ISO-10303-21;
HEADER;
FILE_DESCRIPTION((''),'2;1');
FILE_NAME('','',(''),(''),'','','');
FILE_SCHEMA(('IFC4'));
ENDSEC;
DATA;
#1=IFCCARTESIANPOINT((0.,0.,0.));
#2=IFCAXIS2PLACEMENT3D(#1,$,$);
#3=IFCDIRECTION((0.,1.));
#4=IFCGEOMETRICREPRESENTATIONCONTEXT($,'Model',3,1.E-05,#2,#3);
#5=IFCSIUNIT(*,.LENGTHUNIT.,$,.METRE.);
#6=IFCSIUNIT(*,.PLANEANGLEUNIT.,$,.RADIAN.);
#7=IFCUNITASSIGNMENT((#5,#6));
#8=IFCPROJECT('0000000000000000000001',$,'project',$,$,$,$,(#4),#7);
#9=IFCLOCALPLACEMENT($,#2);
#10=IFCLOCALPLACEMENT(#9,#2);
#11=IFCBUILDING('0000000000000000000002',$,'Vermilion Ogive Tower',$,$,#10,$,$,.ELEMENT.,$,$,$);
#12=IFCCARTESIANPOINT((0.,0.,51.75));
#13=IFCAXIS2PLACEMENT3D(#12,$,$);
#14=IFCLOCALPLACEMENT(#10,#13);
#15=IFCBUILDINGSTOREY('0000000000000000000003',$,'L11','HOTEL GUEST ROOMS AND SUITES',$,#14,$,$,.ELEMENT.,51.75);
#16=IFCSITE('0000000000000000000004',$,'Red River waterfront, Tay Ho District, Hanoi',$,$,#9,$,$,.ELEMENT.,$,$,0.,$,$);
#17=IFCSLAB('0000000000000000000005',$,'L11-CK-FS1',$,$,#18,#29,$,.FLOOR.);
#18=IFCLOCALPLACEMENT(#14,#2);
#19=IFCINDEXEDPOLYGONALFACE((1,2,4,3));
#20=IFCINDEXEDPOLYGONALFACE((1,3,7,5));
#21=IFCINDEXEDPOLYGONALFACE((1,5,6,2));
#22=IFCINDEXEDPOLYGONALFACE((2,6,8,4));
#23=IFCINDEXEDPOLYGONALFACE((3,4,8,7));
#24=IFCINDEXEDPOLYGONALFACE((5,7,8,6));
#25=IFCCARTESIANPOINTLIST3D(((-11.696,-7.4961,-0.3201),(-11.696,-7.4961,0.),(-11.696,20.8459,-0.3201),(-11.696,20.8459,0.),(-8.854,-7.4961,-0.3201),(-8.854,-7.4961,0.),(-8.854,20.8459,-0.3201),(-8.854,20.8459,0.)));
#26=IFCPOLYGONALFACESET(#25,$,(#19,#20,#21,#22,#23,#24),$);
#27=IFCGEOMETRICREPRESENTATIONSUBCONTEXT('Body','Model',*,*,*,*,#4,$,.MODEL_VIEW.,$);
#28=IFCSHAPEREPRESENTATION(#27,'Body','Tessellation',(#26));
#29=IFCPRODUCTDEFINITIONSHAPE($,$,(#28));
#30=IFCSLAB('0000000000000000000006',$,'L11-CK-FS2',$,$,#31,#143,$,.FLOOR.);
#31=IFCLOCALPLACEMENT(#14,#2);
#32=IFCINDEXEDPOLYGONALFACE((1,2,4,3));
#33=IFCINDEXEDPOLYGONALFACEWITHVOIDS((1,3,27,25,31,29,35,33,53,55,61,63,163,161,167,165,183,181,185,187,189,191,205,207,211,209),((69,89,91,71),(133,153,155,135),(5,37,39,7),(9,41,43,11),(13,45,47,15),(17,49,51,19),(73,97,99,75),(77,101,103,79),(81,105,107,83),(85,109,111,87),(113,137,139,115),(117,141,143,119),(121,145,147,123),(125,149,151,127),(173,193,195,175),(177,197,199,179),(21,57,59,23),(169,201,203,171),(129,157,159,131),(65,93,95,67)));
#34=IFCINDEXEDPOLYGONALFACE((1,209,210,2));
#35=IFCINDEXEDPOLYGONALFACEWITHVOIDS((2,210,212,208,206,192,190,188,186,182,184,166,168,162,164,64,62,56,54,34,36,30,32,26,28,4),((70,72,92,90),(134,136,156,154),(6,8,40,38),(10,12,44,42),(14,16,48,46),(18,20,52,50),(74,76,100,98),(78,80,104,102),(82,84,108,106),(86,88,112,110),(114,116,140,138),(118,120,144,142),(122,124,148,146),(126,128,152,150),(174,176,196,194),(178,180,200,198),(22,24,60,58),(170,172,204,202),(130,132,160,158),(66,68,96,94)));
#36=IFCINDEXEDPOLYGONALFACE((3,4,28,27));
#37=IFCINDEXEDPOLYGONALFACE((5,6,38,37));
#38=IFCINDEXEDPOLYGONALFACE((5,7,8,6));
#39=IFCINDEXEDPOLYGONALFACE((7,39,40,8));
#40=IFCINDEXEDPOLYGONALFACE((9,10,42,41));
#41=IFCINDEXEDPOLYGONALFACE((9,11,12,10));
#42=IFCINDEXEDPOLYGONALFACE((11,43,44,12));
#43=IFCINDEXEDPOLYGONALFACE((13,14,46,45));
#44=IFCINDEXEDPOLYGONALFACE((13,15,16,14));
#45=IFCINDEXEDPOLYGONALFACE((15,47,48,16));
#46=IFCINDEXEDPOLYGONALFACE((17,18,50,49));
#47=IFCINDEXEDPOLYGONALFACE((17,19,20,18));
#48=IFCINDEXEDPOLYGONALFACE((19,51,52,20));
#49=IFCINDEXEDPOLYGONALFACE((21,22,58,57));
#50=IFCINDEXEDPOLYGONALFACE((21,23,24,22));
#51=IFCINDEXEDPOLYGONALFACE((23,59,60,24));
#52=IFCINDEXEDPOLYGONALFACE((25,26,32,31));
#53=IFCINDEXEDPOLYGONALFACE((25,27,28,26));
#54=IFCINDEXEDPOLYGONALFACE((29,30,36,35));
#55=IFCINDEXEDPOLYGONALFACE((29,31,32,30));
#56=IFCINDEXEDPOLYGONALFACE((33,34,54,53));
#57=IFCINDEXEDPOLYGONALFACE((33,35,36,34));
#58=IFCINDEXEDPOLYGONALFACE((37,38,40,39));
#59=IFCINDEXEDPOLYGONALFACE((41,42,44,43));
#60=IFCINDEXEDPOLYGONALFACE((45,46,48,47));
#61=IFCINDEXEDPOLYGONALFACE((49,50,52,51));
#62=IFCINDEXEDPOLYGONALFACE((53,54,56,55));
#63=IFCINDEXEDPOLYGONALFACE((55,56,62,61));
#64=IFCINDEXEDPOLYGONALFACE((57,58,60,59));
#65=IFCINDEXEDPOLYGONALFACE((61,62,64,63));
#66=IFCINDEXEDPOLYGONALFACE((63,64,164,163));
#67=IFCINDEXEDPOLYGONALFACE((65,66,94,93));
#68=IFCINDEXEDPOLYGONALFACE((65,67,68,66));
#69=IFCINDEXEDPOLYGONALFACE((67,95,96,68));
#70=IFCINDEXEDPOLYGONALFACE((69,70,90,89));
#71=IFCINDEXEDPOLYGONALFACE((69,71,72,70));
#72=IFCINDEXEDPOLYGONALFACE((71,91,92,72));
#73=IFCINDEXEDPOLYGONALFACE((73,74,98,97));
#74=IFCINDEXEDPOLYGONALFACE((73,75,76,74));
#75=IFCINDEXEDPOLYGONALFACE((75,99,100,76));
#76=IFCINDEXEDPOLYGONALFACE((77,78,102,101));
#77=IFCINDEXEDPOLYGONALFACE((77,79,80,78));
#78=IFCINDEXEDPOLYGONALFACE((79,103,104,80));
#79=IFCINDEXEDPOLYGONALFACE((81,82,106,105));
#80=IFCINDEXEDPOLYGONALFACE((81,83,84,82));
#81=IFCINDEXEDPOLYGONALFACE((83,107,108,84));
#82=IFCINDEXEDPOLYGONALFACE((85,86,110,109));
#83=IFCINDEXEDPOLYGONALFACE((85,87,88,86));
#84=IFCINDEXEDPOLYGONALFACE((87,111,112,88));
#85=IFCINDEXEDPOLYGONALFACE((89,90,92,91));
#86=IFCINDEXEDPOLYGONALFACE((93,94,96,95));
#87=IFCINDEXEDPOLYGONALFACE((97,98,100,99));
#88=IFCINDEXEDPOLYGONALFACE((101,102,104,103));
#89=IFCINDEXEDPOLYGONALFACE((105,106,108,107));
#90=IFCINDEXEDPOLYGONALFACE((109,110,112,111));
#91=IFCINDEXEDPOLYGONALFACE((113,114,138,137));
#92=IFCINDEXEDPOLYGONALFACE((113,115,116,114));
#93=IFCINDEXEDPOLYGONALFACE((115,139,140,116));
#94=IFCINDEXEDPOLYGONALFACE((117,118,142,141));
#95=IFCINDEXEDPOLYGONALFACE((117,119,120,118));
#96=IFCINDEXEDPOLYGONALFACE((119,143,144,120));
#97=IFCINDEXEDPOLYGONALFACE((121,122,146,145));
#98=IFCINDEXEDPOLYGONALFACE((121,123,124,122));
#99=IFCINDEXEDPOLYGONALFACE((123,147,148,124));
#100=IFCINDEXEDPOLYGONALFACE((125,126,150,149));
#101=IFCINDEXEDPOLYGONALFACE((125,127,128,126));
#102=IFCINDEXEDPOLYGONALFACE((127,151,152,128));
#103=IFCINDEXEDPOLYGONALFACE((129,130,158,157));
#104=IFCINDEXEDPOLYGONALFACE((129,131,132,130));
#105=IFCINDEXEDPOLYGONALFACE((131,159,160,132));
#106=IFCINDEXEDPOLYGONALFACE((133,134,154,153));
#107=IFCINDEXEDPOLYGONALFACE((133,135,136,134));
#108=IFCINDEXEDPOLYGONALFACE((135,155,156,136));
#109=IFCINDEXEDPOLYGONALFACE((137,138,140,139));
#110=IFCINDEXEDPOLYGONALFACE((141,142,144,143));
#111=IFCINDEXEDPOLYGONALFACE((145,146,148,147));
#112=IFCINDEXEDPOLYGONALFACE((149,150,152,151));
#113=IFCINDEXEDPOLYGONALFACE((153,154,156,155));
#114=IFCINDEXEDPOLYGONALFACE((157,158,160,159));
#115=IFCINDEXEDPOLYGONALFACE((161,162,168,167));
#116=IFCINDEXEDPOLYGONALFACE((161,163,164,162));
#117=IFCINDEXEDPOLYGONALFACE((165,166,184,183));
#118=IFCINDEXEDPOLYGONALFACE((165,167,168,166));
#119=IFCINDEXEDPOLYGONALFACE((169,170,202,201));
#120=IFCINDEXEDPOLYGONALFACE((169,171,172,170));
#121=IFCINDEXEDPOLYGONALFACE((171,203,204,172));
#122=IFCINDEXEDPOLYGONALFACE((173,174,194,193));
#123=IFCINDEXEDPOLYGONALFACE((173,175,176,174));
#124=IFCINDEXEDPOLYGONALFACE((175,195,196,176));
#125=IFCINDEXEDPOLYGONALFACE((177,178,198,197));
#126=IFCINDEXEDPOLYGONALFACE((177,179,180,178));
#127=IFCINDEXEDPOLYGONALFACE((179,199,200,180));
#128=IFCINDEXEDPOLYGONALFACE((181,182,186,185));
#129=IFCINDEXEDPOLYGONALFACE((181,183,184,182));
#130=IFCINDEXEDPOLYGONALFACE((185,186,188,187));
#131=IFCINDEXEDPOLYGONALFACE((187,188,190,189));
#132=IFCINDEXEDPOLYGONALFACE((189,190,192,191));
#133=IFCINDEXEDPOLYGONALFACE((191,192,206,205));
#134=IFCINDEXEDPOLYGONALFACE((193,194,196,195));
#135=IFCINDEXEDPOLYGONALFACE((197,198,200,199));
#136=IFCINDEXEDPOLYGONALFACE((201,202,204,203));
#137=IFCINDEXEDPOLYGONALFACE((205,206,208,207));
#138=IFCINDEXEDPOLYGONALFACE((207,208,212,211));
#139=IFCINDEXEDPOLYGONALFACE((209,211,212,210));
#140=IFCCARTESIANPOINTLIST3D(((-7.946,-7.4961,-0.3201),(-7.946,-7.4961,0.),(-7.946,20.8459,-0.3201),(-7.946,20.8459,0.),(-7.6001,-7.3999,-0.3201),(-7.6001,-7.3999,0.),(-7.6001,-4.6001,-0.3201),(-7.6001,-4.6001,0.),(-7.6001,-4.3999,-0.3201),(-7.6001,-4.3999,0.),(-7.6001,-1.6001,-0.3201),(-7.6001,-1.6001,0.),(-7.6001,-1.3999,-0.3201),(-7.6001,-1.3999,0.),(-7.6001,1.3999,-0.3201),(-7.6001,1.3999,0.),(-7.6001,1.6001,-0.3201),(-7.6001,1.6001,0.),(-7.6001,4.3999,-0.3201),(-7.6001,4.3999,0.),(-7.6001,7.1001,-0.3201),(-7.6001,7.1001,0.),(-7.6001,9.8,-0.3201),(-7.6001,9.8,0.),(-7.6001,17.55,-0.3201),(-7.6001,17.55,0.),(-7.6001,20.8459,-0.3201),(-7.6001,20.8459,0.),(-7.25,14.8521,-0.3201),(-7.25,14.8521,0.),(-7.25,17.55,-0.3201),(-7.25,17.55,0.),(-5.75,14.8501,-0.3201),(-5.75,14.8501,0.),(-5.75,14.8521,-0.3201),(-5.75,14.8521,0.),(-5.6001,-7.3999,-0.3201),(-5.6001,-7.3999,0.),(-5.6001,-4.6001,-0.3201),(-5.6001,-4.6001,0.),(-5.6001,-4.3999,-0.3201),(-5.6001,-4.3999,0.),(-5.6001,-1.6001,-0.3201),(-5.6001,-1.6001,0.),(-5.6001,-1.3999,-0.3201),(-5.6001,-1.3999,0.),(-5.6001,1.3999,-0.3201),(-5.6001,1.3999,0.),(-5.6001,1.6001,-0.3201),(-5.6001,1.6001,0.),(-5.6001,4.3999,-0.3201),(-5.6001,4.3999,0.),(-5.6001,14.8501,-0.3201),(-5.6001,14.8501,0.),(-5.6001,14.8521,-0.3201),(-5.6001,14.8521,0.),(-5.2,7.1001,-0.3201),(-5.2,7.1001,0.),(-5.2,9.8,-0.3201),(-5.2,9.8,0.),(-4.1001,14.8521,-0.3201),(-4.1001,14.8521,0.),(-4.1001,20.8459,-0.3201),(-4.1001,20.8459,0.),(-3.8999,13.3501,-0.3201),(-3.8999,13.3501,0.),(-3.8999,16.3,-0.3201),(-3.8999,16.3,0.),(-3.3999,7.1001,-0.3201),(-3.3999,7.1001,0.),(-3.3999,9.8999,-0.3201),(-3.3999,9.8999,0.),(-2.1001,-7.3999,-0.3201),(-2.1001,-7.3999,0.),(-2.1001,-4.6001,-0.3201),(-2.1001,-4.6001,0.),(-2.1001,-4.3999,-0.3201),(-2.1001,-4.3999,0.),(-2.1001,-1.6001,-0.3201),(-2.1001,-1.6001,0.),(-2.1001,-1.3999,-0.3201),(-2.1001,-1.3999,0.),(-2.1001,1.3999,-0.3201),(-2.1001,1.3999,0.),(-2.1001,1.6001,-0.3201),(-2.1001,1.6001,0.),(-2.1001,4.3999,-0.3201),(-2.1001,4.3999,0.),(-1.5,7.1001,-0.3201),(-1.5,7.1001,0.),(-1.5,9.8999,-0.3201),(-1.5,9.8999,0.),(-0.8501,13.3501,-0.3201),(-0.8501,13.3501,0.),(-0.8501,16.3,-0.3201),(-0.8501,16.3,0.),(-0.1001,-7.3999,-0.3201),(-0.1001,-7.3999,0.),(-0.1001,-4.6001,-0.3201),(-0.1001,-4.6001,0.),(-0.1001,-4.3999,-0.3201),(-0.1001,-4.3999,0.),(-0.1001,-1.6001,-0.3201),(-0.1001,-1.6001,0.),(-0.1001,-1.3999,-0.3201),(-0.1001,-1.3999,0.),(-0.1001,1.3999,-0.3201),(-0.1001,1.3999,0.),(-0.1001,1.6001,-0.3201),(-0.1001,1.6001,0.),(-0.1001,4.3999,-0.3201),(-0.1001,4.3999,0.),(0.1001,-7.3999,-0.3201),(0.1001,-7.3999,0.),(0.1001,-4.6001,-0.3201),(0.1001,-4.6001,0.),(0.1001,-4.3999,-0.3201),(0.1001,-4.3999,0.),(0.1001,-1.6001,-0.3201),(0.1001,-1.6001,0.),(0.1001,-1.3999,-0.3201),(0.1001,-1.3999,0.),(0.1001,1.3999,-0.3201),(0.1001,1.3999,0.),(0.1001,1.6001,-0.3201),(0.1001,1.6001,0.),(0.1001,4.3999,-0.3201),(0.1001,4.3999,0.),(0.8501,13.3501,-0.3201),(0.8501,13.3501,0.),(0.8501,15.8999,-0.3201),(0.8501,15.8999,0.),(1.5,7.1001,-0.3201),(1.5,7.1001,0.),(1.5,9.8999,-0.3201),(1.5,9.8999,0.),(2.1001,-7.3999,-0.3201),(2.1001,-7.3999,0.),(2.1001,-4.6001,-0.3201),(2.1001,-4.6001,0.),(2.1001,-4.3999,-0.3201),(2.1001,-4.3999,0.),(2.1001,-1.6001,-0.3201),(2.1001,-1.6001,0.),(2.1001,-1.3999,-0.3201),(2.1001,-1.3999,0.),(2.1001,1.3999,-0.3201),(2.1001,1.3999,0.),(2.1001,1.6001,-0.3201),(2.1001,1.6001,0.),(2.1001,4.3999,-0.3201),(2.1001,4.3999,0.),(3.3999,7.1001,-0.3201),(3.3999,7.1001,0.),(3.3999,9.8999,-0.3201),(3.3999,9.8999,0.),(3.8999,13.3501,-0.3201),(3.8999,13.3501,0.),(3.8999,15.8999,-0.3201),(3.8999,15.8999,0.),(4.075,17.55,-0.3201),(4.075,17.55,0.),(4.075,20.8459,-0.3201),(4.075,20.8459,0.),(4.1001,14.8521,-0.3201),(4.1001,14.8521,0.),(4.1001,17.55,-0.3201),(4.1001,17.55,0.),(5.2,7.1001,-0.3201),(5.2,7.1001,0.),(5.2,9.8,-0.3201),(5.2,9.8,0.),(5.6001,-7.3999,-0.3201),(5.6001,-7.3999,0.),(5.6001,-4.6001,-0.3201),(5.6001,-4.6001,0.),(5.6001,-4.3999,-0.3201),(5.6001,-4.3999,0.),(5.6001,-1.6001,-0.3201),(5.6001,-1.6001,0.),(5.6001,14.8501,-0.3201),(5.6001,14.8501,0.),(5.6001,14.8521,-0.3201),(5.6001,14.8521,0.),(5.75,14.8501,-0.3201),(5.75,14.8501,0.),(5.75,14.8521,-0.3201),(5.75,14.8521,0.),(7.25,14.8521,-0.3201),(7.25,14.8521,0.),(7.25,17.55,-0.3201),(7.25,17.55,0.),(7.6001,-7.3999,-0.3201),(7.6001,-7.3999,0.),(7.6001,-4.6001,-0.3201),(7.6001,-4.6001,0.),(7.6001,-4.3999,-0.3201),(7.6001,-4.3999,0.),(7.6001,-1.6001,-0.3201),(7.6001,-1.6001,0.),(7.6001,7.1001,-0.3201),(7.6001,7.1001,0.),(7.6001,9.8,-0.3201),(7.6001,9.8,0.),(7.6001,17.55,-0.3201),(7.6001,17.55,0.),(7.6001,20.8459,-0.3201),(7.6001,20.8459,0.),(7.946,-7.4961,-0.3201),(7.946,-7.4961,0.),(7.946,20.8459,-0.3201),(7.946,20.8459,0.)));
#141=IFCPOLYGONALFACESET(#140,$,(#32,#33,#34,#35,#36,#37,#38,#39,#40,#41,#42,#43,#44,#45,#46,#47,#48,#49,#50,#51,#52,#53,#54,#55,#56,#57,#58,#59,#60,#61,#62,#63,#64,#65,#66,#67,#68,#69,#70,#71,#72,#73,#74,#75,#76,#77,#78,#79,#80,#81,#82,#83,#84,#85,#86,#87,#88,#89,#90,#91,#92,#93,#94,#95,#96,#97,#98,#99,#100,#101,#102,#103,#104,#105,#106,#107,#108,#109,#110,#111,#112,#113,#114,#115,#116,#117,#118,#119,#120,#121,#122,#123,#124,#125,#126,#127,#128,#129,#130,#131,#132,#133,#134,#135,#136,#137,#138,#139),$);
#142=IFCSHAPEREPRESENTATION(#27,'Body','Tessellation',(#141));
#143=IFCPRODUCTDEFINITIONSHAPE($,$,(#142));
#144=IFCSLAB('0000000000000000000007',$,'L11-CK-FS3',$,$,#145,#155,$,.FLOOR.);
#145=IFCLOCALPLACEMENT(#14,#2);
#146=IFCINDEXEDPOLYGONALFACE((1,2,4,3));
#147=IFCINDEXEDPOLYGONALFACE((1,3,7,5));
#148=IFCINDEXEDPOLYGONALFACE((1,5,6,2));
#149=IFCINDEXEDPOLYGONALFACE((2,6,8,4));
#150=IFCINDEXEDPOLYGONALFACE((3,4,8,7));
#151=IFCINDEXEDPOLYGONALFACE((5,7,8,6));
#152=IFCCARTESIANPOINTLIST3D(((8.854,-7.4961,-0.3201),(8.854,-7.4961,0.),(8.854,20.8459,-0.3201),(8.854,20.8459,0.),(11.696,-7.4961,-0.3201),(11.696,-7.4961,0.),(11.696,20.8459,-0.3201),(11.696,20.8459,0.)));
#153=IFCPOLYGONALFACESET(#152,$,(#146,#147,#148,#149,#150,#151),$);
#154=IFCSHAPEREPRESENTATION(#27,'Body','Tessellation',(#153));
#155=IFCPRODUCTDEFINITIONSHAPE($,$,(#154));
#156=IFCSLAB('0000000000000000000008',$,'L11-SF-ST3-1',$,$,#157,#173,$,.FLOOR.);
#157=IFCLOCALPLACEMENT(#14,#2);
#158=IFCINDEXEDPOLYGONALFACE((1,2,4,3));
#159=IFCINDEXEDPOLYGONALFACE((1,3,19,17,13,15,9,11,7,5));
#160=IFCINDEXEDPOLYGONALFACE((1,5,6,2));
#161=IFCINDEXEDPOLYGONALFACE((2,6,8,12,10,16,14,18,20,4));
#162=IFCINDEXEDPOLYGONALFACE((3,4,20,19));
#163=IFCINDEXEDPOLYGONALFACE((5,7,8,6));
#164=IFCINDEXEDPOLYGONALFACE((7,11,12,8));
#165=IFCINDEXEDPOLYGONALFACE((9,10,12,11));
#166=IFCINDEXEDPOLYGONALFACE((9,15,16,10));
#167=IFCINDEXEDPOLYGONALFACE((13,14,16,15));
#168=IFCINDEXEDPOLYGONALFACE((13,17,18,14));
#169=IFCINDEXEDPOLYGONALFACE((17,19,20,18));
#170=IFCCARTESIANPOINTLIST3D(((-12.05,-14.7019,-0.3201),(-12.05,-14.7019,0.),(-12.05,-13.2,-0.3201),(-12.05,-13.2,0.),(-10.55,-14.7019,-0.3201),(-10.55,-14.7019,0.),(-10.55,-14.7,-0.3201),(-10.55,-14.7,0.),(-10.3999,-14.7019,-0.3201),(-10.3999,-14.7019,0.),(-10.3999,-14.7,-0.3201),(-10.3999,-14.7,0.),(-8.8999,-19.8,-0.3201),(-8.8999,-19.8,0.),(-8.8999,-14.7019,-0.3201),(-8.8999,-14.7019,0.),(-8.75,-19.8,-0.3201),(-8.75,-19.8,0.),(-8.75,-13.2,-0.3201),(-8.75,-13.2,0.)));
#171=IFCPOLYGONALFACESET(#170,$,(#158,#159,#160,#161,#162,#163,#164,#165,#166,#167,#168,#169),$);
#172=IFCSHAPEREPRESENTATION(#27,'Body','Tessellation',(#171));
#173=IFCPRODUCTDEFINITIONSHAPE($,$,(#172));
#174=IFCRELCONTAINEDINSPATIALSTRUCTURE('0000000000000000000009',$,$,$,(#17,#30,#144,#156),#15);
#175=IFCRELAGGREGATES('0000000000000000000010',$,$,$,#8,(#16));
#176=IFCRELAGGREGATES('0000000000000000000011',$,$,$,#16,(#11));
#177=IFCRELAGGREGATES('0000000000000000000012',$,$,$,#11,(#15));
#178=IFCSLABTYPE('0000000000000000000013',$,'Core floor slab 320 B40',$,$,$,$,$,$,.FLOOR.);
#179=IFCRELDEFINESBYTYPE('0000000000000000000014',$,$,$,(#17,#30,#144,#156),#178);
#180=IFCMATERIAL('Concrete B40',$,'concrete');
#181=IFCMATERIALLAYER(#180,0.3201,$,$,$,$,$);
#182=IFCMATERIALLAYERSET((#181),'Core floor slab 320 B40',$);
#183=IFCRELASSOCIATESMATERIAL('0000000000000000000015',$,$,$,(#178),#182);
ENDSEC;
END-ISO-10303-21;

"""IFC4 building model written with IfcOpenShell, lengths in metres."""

from ifc_helpers import new_model, si_unit, direction, frame, origin, place, context, subcontext, project, spatial, polyline, outline, extrude, material, layer, layer_set, type_object, element, save


model = new_model("IFC4")

# Units and contexts
model_context = context("Model", 3, precision=1e-05, world=origin(), true_north=direction((0.0, 1.0)))
body_context = subcontext(model_context, "Body", "Model", "MODEL_VIEW")
ifc_project = project(units=[si_unit("LENGTHUNIT", "METRE"), si_unit("PLANEANGLEUNIT", "RADIAN")], contexts=[model_context])

# Site, building, storey
site_placement = place(None, origin())
site = spatial("IfcSite", under=ifc_project, at=site_placement, Name="Red River waterfront, Tay Ho District, Hanoi", CompositionType="ELEMENT", RefElevation=0.0)
building_placement = place(site_placement, origin())
building = spatial("IfcBuilding", under=site, at=building_placement, Name="Vermilion Ogive Tower", CompositionType="ELEMENT")
storey_placement = place(building_placement, frame((0.0, 0.0, 51.75)))
storey = spatial("IfcBuildingStorey", under=building, at=storey_placement, Name="L11", Description="HOTEL GUEST ROOMS AND SUITES", CompositionType="ELEMENT", Elevation=51.75)

# Slabs
ifc_material_1 = material(Name="Concrete B40", Category="concrete")
ifc_layer_1 = layer(ifc_material_1, 0.3201)
ifc_layer_set_1 = layer_set([ifc_layer_1], Name="Core floor slab 320 B40")
slab_type_1 = type_object("IfcSlabType", Name="Core floor slab 320 B40", PredefinedType="FLOOR", material=ifc_layer_set_1)
slab_1_placement = place(storey_placement, frame((0.0, 0.0, -0.3201)))
element("IfcSlab", 1, at=slab_1_placement, inside=storey, type_object=slab_type_1, Name="L11-CK-FS1", PredefinedType="FLOOR", context=body_context, shape_type="SweptSolid", body=[
    extrude(outline(polyline([(-8.854, -7.4961), (-11.696, -7.4961), (-11.696, 20.8459), (-8.854, 20.8459), (-8.854, -7.4961)])), origin(), (0.0, 0.0, 1.0), 0.3201),
])
slab_2_placement = place(storey_placement, frame((0.0, 0.0, -0.3201)))
element("IfcSlab", 2, at=slab_2_placement, inside=storey, type_object=slab_type_1, Name="L11-CK-FS2", PredefinedType="FLOOR", context=body_context, shape_type="SweptSolid", body=[
    extrude(outline(polyline([(5.75, 14.8501), (5.6001, 14.8501), (5.6001, 14.8521), (4.1001, 14.8521), (4.1001, 17.55), (4.075, 17.55), (4.075, 20.8459), (-4.1001, 20.8459), (-4.1001, 14.8521), (-5.6001, 14.8521), (-5.6001, 14.8501), (-5.75, 14.8501), (-5.75, 14.8521), (-7.25, 14.8521), (-7.25, 17.55), (-7.6001, 17.55), (-7.6001, 20.8459), (-7.946, 20.8459), (-7.946, -7.4961), (7.946, -7.4961), (7.946, 20.8459), (7.6001, 20.8459), (7.6001, 17.55), (7.25, 17.55), (7.25, 14.8521), (5.75, 14.8521), (5.75, 14.8501)]), holes=[polyline([(-7.6001, -4.6001), (-5.6001, -4.6001), (-5.6001, -7.3999), (-7.6001, -7.3999), (-7.6001, -4.6001)]), polyline([(-2.1001, -4.6001), (-0.1001, -4.6001), (-0.1001, -7.3999), (-2.1001, -7.3999), (-2.1001, -4.6001)]), polyline([(-7.6001, -4.3999), (-7.6001, -1.6001), (-5.6001, -1.6001), (-5.6001, -4.3999), (-7.6001, -4.3999)]), polyline([(-2.1001, -1.6001), (-0.1001, -1.6001), (-0.1001, -4.3999), (-2.1001, -4.3999), (-2.1001, -1.6001)]), polyline([(-7.6001, -1.3999), (-7.6001, 1.3999), (-5.6001, 1.3999), (-5.6001, -1.3999), (-7.6001, -1.3999)]), polyline([(-2.1001, 1.3999), (-0.1001, 1.3999), (-0.1001, -1.3999), (-2.1001, -1.3999), (-2.1001, 1.3999)]), polyline([(-7.6001, 4.3999), (-5.6001, 4.3999), (-5.6001, 1.6001), (-7.6001, 1.6001), (-7.6001, 4.3999)]), polyline([(-2.1001, 4.3999), (-0.1001, 4.3999), (-0.1001, 1.6001), (-2.1001, 1.6001), (-2.1001, 4.3999)]), polyline([(-7.6001, 9.8), (-5.2, 9.8), (-5.2, 7.1001), (-7.6001, 7.1001), (-7.6001, 9.8)]), polyline([(-3.3999, 9.8999), (-1.5, 9.8999), (-1.5, 7.1001), (-3.3999, 7.1001), (-3.3999, 9.8999)]), polyline([(-3.8999, 16.3), (-0.8501, 16.3), (-0.8501, 13.3501), (-3.8999, 13.3501), (-3.8999, 16.3)]), polyline([(0.1001, -4.6001), (2.1001, -4.6001), (2.1001, -7.3999), (0.1001, -7.3999), (0.1001, -4.6001)]), polyline([(5.6001, -4.6001), (7.6001, -4.6001), (7.6001, -7.3999), (5.6001, -7.3999), (5.6001, -4.6001)]), polyline([(0.1001, -1.6001), (2.1001, -1.6001), (2.1001, -4.3999), (0.1001, -4.3999), (0.1001, -1.6001)]), polyline([(5.6001, -1.6001), (7.6001, -1.6001), (7.6001, -4.3999), (5.6001, -4.3999), (5.6001, -1.6001)]), polyline([(0.1001, 1.3999), (2.1001, 1.3999), (2.1001, -1.3999), (0.1001, -1.3999), (0.1001, 1.3999)]), polyline([(0.1001, 4.3999), (2.1001, 4.3999), (2.1001, 1.6001), (0.1001, 1.6001), (0.1001, 4.3999)]), polyline([(5.2, 9.8), (7.6001, 9.8), (7.6001, 7.1001), (5.2, 7.1001), (5.2, 9.8)]), polyline([(1.5, 9.8999), (3.3999, 9.8999), (3.3999, 7.1001), (1.5, 7.1001), (1.5, 9.8999)]), polyline([(0.8501, 15.8999), (3.8999, 15.8999), (3.8999, 13.3501), (0.8501, 13.3501), (0.8501, 15.8999)])]), origin(), (0.0, 0.0, 1.0), 0.3201),
])
slab_3_placement = place(storey_placement, frame((0.0, 0.0, -0.3201)))
element("IfcSlab", 3, at=slab_3_placement, inside=storey, type_object=slab_type_1, Name="L11-CK-FS3", PredefinedType="FLOOR", context=body_context, shape_type="SweptSolid", body=[
    extrude(outline(polyline([(8.854, 20.8459), (11.696, 20.8459), (11.696, -7.4961), (8.854, -7.4961), (8.854, 20.8459)])), origin(), (0.0, 0.0, 1.0), 0.3201),
])
slab_4_placement = place(storey_placement, frame((0.0, 0.0, -0.3201)))
element("IfcSlab", 4, at=slab_4_placement, inside=storey, type_object=slab_type_1, Name="L11-SF-ST3-1", PredefinedType="FLOOR", context=body_context, shape_type="SweptSolid", body=[
    extrude(outline(polyline([(-12.05, -13.2), (-12.05, -14.7019), (-10.55, -14.7019), (-10.55, -14.7), (-10.3999, -14.7), (-10.3999, -14.7019), (-8.8999, -14.7019), (-8.8999, -19.8), (-8.75, -19.8), (-8.75, -13.2), (-12.05, -13.2)])), origin(), (0.0, 0.0, 1.0), 0.3201),
])

save(model, "model.ifc")
